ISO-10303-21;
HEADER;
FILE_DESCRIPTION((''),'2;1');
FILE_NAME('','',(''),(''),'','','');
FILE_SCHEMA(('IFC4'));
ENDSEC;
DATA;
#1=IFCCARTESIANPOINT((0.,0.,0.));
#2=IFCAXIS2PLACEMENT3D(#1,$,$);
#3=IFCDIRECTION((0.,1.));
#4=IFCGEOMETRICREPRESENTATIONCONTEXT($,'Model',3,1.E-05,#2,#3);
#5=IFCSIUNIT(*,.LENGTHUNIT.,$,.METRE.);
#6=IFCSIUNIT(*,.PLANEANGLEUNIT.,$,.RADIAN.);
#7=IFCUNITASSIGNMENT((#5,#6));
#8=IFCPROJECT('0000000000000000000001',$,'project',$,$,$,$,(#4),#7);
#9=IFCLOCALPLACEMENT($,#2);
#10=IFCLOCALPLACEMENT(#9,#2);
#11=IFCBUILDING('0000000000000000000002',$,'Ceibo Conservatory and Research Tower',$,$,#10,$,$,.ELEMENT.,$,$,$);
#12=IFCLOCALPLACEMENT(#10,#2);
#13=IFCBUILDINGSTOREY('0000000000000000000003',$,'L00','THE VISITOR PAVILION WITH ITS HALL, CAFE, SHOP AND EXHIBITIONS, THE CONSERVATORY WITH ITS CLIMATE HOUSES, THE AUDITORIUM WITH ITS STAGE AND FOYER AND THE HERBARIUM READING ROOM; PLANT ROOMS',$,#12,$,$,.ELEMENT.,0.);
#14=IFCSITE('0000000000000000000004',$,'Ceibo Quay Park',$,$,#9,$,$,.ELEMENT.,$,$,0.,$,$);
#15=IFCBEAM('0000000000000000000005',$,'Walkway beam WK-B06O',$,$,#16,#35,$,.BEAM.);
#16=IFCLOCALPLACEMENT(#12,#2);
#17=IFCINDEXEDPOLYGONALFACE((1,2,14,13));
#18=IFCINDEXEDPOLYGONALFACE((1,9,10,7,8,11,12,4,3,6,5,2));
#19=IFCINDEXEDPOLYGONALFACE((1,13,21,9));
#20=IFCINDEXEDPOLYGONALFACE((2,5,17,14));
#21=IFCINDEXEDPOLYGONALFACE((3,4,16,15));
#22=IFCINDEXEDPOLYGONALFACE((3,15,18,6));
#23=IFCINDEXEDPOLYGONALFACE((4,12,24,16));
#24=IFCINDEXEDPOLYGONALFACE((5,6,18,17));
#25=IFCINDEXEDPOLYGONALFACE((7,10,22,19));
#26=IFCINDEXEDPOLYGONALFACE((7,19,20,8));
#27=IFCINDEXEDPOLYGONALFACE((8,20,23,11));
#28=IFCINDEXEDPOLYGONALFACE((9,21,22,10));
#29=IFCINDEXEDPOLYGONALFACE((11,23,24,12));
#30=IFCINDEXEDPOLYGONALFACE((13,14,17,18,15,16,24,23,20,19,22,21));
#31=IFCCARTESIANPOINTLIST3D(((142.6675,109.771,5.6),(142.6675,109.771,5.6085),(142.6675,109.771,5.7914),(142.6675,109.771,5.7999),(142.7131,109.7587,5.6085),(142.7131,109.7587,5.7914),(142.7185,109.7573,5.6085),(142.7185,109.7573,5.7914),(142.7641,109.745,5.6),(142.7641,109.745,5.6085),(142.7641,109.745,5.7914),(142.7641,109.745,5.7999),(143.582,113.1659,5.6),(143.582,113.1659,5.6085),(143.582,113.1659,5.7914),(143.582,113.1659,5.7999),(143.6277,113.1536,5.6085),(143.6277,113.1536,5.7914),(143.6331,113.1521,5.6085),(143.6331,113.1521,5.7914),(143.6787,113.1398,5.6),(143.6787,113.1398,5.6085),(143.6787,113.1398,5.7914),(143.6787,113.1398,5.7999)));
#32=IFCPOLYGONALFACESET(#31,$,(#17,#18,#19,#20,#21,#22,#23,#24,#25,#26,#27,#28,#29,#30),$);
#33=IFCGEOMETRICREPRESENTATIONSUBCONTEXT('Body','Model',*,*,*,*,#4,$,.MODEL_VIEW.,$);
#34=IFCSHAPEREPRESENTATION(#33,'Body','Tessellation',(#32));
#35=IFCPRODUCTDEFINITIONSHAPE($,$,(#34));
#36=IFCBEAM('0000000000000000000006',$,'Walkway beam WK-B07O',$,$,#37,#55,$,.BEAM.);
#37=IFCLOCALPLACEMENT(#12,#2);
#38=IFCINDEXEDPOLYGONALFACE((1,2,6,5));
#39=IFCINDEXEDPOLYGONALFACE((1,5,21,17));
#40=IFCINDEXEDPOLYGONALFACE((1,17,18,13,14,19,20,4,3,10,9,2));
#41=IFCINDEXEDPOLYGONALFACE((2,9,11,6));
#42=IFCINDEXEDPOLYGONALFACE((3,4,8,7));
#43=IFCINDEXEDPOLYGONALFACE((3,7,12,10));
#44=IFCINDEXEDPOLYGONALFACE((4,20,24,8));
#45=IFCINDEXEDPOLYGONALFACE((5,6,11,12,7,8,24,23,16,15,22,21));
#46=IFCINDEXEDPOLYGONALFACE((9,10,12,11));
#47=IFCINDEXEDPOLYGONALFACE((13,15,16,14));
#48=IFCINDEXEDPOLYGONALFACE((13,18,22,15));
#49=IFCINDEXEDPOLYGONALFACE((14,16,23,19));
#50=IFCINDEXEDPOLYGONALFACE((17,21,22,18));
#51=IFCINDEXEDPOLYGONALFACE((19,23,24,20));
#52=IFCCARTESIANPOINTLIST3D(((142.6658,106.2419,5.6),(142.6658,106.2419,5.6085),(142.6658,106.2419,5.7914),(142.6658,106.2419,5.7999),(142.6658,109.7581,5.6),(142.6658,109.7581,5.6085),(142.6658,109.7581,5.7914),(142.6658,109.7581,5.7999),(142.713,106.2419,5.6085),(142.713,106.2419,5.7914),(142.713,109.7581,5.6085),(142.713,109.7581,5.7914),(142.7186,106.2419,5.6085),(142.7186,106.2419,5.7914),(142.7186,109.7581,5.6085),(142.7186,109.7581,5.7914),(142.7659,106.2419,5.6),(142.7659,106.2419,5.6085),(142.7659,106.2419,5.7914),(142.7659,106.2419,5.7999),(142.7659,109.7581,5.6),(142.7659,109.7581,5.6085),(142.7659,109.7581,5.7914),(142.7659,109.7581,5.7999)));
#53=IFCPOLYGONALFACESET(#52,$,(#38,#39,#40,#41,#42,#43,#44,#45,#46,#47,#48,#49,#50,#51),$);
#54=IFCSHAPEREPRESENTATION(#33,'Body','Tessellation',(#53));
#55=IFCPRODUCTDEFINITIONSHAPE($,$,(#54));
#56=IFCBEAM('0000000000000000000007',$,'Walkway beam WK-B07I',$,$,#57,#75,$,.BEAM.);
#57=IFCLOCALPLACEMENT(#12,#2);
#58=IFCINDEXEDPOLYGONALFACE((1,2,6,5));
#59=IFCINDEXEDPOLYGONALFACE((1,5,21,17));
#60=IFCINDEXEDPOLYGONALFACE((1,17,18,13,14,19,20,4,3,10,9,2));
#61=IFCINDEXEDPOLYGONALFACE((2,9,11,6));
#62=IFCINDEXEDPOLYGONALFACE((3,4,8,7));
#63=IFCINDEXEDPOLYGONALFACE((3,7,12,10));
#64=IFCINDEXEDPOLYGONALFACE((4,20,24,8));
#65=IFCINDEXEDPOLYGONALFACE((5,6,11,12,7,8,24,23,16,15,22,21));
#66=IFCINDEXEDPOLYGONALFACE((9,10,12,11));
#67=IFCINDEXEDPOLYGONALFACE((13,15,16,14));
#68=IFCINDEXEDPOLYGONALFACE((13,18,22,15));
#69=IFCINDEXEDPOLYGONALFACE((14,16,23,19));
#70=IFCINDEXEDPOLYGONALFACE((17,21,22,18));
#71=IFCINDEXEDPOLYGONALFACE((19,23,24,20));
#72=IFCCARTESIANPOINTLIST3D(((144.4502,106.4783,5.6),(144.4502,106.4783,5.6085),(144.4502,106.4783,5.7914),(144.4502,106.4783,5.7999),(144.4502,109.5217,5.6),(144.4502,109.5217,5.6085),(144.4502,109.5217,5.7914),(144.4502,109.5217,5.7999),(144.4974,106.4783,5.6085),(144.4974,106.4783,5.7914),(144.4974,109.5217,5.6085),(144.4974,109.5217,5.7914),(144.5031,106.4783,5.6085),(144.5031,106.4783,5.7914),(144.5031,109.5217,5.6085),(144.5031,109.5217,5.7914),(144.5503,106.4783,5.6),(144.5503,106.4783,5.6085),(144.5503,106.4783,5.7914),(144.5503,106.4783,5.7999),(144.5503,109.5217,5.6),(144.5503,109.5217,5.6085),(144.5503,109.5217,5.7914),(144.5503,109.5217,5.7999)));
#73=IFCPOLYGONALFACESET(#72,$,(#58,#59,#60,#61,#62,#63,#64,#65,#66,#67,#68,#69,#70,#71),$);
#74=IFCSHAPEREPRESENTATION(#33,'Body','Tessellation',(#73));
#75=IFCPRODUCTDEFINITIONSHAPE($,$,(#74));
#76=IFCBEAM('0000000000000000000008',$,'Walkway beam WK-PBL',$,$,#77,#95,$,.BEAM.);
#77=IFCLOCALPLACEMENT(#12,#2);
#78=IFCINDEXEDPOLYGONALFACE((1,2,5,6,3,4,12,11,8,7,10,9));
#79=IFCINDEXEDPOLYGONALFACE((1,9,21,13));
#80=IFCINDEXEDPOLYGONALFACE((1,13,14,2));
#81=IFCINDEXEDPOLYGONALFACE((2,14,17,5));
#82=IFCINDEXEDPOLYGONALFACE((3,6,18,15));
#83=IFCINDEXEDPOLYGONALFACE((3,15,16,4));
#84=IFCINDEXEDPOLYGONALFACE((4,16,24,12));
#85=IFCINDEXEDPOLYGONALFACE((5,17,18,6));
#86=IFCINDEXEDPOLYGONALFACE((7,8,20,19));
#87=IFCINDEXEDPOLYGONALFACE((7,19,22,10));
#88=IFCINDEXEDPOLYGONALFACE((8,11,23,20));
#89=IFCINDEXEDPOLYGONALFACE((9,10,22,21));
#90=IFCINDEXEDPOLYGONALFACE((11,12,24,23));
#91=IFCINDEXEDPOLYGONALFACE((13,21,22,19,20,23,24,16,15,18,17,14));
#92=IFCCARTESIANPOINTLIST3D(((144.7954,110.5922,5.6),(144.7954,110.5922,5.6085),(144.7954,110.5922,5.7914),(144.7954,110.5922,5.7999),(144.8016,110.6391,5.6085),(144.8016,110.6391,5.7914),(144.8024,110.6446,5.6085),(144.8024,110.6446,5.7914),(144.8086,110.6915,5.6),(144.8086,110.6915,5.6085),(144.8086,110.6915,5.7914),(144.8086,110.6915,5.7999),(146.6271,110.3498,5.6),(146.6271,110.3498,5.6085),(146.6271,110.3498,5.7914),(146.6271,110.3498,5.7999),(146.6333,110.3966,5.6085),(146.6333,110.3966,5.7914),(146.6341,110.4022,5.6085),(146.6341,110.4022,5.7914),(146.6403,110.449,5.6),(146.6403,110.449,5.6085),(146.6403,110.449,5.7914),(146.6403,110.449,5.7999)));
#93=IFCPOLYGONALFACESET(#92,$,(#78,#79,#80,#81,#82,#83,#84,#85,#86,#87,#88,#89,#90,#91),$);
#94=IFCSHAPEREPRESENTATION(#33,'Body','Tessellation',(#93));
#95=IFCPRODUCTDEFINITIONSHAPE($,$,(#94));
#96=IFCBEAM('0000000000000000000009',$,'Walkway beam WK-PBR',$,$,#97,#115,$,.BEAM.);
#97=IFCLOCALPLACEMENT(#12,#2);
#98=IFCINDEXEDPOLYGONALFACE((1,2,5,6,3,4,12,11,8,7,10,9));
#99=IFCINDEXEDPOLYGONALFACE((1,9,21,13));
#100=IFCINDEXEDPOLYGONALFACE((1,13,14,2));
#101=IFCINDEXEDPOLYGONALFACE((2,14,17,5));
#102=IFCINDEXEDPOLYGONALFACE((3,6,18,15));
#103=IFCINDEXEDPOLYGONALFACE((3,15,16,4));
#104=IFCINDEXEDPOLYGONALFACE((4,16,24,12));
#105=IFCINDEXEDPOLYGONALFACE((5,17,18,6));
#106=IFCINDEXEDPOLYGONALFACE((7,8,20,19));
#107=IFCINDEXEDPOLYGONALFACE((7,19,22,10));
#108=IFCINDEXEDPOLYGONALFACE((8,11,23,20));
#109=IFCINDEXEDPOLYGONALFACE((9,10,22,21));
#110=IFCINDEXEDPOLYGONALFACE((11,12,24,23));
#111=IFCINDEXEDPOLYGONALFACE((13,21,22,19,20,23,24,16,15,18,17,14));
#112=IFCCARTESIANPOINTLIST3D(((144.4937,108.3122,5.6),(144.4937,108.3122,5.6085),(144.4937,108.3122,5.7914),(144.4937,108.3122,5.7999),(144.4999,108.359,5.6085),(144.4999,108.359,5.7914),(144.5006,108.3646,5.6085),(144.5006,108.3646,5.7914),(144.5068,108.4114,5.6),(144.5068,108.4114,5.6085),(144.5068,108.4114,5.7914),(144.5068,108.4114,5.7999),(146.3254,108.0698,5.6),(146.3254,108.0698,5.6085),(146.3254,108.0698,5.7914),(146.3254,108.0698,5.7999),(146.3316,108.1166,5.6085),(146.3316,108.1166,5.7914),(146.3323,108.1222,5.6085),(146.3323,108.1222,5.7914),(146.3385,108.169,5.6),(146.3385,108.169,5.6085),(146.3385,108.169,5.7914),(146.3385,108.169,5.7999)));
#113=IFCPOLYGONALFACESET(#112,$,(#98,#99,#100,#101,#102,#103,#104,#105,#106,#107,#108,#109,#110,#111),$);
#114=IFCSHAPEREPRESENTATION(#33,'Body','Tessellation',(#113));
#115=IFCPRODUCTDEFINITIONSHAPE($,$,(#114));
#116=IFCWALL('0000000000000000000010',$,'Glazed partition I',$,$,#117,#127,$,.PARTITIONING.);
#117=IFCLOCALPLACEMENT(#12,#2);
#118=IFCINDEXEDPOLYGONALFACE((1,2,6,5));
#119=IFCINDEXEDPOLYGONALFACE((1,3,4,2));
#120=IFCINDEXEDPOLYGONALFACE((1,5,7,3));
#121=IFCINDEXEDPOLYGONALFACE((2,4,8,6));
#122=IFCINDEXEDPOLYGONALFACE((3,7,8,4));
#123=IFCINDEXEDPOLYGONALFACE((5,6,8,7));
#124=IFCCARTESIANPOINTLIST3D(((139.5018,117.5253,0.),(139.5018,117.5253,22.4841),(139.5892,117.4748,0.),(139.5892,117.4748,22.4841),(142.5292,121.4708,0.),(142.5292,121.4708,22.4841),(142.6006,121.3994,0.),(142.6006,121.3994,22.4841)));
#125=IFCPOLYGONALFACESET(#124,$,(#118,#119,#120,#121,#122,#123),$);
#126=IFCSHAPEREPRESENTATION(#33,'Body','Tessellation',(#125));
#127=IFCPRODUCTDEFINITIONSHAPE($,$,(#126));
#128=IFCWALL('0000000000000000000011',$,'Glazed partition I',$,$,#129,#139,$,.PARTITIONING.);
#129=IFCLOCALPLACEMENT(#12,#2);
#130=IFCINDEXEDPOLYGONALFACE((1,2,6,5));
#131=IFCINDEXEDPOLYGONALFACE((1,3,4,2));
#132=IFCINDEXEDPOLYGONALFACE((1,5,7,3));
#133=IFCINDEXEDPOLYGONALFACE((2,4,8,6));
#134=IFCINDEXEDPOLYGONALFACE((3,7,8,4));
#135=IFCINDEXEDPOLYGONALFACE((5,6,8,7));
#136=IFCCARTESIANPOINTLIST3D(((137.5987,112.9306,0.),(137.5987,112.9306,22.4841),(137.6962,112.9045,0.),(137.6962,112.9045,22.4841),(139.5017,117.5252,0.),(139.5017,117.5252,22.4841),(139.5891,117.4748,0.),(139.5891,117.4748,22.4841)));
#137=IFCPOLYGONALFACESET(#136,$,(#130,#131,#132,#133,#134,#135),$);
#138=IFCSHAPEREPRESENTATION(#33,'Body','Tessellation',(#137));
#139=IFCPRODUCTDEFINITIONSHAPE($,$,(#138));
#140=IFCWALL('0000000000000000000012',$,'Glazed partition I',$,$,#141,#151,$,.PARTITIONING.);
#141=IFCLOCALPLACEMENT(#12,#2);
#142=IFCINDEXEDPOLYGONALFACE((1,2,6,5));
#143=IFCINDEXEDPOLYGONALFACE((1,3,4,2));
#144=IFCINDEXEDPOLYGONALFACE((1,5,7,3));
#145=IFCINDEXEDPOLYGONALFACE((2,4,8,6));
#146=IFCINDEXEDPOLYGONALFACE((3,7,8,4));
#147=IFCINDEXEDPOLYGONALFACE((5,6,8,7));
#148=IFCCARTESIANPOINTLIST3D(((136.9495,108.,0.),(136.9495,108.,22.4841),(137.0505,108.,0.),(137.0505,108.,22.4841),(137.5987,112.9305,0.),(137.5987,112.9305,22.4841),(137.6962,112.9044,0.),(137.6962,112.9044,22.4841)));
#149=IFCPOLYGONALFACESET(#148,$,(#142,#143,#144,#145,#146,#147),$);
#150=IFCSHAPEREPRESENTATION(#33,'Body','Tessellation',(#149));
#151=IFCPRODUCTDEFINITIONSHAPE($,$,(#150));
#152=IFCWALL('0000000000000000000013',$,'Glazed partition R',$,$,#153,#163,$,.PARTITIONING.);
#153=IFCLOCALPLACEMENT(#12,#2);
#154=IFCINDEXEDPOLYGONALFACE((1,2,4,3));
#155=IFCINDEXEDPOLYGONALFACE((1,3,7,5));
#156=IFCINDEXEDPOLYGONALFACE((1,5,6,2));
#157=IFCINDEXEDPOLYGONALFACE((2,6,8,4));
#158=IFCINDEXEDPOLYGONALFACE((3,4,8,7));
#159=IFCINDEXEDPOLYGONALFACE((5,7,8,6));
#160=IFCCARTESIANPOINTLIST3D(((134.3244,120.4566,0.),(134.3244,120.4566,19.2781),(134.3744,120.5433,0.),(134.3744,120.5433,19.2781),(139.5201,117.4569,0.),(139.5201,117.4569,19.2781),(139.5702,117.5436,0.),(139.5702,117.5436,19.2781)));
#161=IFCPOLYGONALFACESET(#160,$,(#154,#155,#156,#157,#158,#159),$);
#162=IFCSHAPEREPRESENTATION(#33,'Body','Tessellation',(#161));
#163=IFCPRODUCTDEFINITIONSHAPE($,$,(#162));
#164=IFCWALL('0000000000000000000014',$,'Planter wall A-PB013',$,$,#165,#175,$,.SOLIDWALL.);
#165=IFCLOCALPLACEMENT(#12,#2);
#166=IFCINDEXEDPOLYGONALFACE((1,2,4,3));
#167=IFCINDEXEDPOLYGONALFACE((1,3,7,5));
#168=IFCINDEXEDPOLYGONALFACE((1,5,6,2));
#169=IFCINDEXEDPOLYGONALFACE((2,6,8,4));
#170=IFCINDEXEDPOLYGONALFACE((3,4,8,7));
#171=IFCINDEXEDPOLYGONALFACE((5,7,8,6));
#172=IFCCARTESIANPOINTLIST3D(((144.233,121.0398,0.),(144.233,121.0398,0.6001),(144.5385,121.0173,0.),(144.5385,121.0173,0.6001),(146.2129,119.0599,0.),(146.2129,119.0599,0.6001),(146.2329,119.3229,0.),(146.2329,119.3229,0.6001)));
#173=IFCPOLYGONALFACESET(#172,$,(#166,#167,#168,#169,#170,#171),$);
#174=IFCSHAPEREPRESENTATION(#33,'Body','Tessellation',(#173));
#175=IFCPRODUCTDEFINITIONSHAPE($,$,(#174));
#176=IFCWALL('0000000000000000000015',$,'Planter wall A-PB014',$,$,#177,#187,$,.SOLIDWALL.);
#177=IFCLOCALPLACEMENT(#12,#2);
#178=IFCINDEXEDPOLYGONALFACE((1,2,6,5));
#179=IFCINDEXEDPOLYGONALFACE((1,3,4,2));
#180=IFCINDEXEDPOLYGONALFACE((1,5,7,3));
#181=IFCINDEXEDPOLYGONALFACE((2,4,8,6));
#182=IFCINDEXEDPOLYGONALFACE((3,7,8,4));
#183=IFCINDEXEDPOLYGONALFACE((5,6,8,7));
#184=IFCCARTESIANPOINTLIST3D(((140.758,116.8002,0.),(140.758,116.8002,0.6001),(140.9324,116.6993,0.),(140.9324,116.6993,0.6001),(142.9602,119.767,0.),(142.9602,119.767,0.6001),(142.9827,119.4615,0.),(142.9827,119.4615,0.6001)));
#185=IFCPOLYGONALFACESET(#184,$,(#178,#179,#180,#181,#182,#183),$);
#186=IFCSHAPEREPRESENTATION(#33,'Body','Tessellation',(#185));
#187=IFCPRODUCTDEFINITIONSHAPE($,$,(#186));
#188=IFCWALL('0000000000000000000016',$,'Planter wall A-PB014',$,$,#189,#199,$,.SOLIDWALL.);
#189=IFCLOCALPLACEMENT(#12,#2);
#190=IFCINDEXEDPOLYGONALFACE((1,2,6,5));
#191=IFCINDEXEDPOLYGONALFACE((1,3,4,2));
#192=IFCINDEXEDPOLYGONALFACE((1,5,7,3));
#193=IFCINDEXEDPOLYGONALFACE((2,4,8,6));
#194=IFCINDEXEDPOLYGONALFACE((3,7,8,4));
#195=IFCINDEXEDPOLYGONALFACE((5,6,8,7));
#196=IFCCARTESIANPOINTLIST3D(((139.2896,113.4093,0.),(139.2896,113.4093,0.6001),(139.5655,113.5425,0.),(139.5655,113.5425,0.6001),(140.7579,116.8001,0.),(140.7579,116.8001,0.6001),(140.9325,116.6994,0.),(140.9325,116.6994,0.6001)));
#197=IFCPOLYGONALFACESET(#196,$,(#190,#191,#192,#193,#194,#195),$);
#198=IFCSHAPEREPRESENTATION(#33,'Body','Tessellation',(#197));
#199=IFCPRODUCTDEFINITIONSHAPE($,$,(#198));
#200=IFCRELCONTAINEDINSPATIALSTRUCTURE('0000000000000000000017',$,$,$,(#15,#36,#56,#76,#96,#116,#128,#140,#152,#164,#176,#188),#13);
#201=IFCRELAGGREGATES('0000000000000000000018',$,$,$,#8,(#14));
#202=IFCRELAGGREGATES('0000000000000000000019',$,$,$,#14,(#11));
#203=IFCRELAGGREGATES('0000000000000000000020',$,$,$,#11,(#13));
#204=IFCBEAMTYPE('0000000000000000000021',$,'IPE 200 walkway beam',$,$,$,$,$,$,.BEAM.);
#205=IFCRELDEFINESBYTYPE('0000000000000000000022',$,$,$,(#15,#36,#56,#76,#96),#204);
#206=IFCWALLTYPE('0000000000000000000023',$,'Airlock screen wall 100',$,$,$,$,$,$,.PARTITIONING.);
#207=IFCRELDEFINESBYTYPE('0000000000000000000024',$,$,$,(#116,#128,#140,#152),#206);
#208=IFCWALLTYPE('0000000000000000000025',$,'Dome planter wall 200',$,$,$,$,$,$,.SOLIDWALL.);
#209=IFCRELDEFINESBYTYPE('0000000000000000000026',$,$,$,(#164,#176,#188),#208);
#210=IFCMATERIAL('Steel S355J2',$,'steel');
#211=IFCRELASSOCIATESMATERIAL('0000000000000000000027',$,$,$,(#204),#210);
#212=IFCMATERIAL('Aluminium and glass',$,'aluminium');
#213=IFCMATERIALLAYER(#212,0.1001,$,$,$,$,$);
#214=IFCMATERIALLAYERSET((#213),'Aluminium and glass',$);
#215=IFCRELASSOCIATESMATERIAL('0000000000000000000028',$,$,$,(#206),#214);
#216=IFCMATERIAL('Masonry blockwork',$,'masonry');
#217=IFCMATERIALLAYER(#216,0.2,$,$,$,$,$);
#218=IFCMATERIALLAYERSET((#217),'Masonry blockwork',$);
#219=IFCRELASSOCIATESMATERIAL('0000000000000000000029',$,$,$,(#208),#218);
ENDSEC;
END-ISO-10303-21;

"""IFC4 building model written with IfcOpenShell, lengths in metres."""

from ifc_helpers import new_model, si_unit, direction, frame, frame_2d, origin, origin_2d, place, context, subcontext, project, spatial, polyline, rectangle, i_section, outline, extrude, material, layer, layer_set, material_profile, profile_set, type_object, element, save


model = new_model("IFC4")

# Units and contexts
model_context = context("Model", 3, precision=1e-05, world=origin(), true_north=direction((0.0, 1.0)))
body_context = subcontext(model_context, "Body", "Model", "MODEL_VIEW")
ifc_project = project(units=[si_unit("LENGTHUNIT", "METRE"), si_unit("PLANEANGLEUNIT", "RADIAN")], contexts=[model_context])

# Site, building, storey
site_placement = place(None, origin())
site = spatial("IfcSite", under=ifc_project, at=site_placement, Name="Ceibo Quay Park", CompositionType="ELEMENT", RefElevation=0.0)
building_placement = place(site_placement, origin())
building = spatial("IfcBuilding", under=site, at=building_placement, Name="Ceibo Conservatory and Research Tower", CompositionType="ELEMENT")
storey_placement = place(building_placement, origin())
storey = spatial("IfcBuildingStorey", under=building, at=storey_placement, Name="L00", Description="THE VISITOR PAVILION WITH ITS HALL, CAFE, SHOP AND EXHIBITIONS, THE CONSERVATORY WITH ITS CLIMATE HOUSES, THE AUDITORIUM WITH ITS STAGE AND FOYER AND THE HERBARIUM READING ROOM; PLANT ROOMS", CompositionType="ELEMENT", Elevation=0.0)

# Beams
ifc_material_1 = material(Name="Steel S355J2", Category="steel")
ifc_material_profile_1 = material_profile(ifc_material_1, i_section(OverallWidth=0.1001, OverallDepth=0.2, WebThickness=0.0056, FlangeThickness=0.0085, at=origin_2d()), Name="IPE 200")
ifc_profile_set_1 = profile_set([ifc_material_profile_1], Name="Steel S355J2")
beam_type = type_object("IfcBeamType", Name="IPE 200 walkway beam", PredefinedType="BEAM", material=ifc_profile_set_1)
beam_1_placement = place(storey_placement, frame((143.6304, 113.1528, 5.7), z_axis=(-0.260125, -0.965575, 0.0), x_axis=(0.965575, -0.260125, 0.0)))
element("IfcBeam", 1, at=beam_1_placement, inside=storey, type_object=beam_type, Name="Walkway beam WK-B06O", PredefinedType="BEAM", context=body_context, shape_type="SweptSolid", body=[
    extrude(i_section(OverallWidth=0.1001, OverallDepth=0.2, WebThickness=0.0056, FlangeThickness=0.0085, at=origin_2d()), origin(), (0.0, 0.0, 1.0), 3.5159),
])
beam_2_placement = place(storey_placement, frame((142.7158, 109.7581, 5.7), z_axis=(0.0, -1.0, 0.0), x_axis=(1.0, 0.0, 0.0)))
element("IfcBeam", 2, at=beam_2_placement, inside=storey, type_object=beam_type, Name="Walkway beam WK-B07O", PredefinedType="BEAM", context=body_context, shape_type="SweptSolid", body=[
    extrude(i_section(OverallWidth=0.1001, OverallDepth=0.2, WebThickness=0.0056, FlangeThickness=0.0085, at=origin_2d()), origin(), (0.0, 0.0, 1.0), 3.5161),
])
beam_3_placement = place(storey_placement, frame((144.5002, 109.5217, 5.7), z_axis=(0.0, -1.0, 0.0), x_axis=(1.0, 0.0, 0.0)))
element("IfcBeam", 3, at=beam_3_placement, inside=storey, type_object=beam_type, Name="Walkway beam WK-B07I", PredefinedType="BEAM", context=body_context, shape_type="SweptSolid", body=[
    extrude(i_section(OverallWidth=0.1001, OverallDepth=0.2, WebThickness=0.0056, FlangeThickness=0.0085, at=origin_2d()), origin(), (0.0, 0.0, 1.0), 3.0435),
])
for number, where, z_axis, x_axis, name in (
    (4, (144.802, 110.6418, 5.7), (0.991356, -0.131203, 0.0), (0.131203, 0.991356, 0.0), "Walkway beam WK-PBL"),
    (5, (144.5002, 108.3618, 5.7), (0.991356, -0.131203, 0.0), (0.131203, 0.991356, 0.0), "Walkway beam WK-PBR"),
):
    element("IfcBeam", number, at=place(storey_placement, frame(where, z_axis=z_axis, x_axis=x_axis)), inside=storey, type_object=beam_type, Name=name, PredefinedType="BEAM", context=body_context, shape_type="SweptSolid", body=[
        extrude(i_section(OverallWidth=0.1001, OverallDepth=0.2, WebThickness=0.0056, FlangeThickness=0.0085, at=origin_2d()), origin(), (0.0, 0.0, 1.0), 1.8477),
    ])

# Walls
ifc_material_2 = material(Name="Aluminium and glass", Category="aluminium")
ifc_layer_1 = layer(ifc_material_2, 0.1001)
ifc_layer_set_1 = layer_set([ifc_layer_1], Name="Aluminium and glass")
wall_type_1 = type_object("IfcWallType", Name="Airlock screen wall 100", PredefinedType="PARTITIONING", material=ifc_layer_set_1)
for number, where, z_axis, x_axis, name in (
    (6, (142.5649, 121.4351, 0.0), (0.0, 0.0, 1.0), (-0.608768, -0.793348, 0.0), "Glazed partition I"),
    (7, (139.5454, 117.5, 0.0), (0.0, 0.0, 1.0), (-0.38265, -0.923893, 0.0), "Glazed partition I"),
    (8, (137.6475, 112.9175, 0.0), (0.0, 0.0, 1.0), (-0.130539, -0.991443, 0.0), "Glazed partition I"),
):
    element("IfcWall", number, at=place(storey_placement, frame(where, z_axis=z_axis, x_axis=x_axis)), inside=storey, type_object=wall_type_1, Name=name, PredefinedType="PARTITIONING", context=body_context, shape_type="SweptSolid", body=[
        extrude(outline(polyline([(-0.0066, -0.05), (4.9666, -0.05), (4.9534, 0.05), (0.0066, 0.05), (-0.0066, -0.05)])), origin(), (0.0, 0.0, 1.0), 22.4841),
    ])
wall_1_placement = place(storey_placement, frame((139.5452, 117.5002, 0.0), z_axis=(0.0, 0.0, 1.0), x_axis=(-0.866028, 0.499995, 0.0)))
element("IfcWall", 9, at=wall_1_placement, inside=storey, type_object=wall_type_1, Name="Glazed partition R", PredefinedType="PARTITIONING", context=body_context, shape_type="SweptSolid", body=[
    extrude(rectangle(XDim=5.9995, YDim=0.1001, at=frame_2d((2.9998, 0.0))), origin(), (0.0, 0.0, 1.0), 19.2781),
])
ifc_material_3 = material(Name="Masonry blockwork", Category="masonry")
ifc_layer_2 = layer(ifc_material_3, 0.2)
ifc_layer_set_2 = layer_set([ifc_layer_2], Name="Masonry blockwork")
wall_type_2 = type_object("IfcWallType", Name="Dome planter wall 200", PredefinedType="SOLIDWALL", material=ifc_layer_set_2)
wall_2_placement = place(storey_placement, frame((144.3857, 121.0286, 0.0), z_axis=(0.0, 0.0, 1.0), x_axis=(0.707107, -0.707107, 0.0)))
element("IfcWall", 10, at=wall_2_placement, inside=storey, type_object=wall_type_2, Name="Planter wall A-PB013", PredefinedType="SOLIDWALL", context=body_context, shape_type="SweptSolid", body=[
    extrude(outline(polyline([(-0.116, -0.1001), (2.6841, -0.1001), (2.5122, 0.1001), (0.116, 0.1001), (-0.116, -0.1001)])), origin(), (0.0, 0.0, 1.0), 0.6001),
])
wall_3_placement = place(storey_placement, frame((142.9714, 119.6143, 0.0), z_axis=(0.0, 0.0, 1.0), x_axis=(-0.596018, -0.802971, 0.0)))
element("IfcWall", 11, at=wall_3_placement, inside=storey, type_object=wall_type_2, Name="Planter wall A-PB014", PredefinedType="SOLIDWALL", context=body_context, shape_type="SweptSolid", body=[
    extrude(outline(polyline([(-0.116, -0.1001), (3.5789, -0.1001), (3.5559, 0.1001), (0.116, 0.1001), (-0.116, -0.1001)])), origin(), (0.0, 0.0, 1.0), 0.6001),
])
wall_4_placement = place(storey_placement, frame((140.8452, 116.7498, 0.0), z_axis=(0.0, 0.0, 1.0), x_axis=(-0.397377, -0.917655, 0.0)))
element("IfcWall", 12, at=wall_4_placement, inside=storey, type_object=wall_type_2, Name="Planter wall A-PB014", PredefinedType="SOLIDWALL", context=body_context, shape_type="SweptSolid", body=[
    extrude(outline(polyline([(-0.0115, -0.1001), (3.6836, -0.1001), (3.4517, 0.1001), (0.0115, 0.1001), (-0.0115, -0.1001)])), origin(), (0.0, 0.0, 1.0), 0.6001),
])

save(model, "model.ifc")
